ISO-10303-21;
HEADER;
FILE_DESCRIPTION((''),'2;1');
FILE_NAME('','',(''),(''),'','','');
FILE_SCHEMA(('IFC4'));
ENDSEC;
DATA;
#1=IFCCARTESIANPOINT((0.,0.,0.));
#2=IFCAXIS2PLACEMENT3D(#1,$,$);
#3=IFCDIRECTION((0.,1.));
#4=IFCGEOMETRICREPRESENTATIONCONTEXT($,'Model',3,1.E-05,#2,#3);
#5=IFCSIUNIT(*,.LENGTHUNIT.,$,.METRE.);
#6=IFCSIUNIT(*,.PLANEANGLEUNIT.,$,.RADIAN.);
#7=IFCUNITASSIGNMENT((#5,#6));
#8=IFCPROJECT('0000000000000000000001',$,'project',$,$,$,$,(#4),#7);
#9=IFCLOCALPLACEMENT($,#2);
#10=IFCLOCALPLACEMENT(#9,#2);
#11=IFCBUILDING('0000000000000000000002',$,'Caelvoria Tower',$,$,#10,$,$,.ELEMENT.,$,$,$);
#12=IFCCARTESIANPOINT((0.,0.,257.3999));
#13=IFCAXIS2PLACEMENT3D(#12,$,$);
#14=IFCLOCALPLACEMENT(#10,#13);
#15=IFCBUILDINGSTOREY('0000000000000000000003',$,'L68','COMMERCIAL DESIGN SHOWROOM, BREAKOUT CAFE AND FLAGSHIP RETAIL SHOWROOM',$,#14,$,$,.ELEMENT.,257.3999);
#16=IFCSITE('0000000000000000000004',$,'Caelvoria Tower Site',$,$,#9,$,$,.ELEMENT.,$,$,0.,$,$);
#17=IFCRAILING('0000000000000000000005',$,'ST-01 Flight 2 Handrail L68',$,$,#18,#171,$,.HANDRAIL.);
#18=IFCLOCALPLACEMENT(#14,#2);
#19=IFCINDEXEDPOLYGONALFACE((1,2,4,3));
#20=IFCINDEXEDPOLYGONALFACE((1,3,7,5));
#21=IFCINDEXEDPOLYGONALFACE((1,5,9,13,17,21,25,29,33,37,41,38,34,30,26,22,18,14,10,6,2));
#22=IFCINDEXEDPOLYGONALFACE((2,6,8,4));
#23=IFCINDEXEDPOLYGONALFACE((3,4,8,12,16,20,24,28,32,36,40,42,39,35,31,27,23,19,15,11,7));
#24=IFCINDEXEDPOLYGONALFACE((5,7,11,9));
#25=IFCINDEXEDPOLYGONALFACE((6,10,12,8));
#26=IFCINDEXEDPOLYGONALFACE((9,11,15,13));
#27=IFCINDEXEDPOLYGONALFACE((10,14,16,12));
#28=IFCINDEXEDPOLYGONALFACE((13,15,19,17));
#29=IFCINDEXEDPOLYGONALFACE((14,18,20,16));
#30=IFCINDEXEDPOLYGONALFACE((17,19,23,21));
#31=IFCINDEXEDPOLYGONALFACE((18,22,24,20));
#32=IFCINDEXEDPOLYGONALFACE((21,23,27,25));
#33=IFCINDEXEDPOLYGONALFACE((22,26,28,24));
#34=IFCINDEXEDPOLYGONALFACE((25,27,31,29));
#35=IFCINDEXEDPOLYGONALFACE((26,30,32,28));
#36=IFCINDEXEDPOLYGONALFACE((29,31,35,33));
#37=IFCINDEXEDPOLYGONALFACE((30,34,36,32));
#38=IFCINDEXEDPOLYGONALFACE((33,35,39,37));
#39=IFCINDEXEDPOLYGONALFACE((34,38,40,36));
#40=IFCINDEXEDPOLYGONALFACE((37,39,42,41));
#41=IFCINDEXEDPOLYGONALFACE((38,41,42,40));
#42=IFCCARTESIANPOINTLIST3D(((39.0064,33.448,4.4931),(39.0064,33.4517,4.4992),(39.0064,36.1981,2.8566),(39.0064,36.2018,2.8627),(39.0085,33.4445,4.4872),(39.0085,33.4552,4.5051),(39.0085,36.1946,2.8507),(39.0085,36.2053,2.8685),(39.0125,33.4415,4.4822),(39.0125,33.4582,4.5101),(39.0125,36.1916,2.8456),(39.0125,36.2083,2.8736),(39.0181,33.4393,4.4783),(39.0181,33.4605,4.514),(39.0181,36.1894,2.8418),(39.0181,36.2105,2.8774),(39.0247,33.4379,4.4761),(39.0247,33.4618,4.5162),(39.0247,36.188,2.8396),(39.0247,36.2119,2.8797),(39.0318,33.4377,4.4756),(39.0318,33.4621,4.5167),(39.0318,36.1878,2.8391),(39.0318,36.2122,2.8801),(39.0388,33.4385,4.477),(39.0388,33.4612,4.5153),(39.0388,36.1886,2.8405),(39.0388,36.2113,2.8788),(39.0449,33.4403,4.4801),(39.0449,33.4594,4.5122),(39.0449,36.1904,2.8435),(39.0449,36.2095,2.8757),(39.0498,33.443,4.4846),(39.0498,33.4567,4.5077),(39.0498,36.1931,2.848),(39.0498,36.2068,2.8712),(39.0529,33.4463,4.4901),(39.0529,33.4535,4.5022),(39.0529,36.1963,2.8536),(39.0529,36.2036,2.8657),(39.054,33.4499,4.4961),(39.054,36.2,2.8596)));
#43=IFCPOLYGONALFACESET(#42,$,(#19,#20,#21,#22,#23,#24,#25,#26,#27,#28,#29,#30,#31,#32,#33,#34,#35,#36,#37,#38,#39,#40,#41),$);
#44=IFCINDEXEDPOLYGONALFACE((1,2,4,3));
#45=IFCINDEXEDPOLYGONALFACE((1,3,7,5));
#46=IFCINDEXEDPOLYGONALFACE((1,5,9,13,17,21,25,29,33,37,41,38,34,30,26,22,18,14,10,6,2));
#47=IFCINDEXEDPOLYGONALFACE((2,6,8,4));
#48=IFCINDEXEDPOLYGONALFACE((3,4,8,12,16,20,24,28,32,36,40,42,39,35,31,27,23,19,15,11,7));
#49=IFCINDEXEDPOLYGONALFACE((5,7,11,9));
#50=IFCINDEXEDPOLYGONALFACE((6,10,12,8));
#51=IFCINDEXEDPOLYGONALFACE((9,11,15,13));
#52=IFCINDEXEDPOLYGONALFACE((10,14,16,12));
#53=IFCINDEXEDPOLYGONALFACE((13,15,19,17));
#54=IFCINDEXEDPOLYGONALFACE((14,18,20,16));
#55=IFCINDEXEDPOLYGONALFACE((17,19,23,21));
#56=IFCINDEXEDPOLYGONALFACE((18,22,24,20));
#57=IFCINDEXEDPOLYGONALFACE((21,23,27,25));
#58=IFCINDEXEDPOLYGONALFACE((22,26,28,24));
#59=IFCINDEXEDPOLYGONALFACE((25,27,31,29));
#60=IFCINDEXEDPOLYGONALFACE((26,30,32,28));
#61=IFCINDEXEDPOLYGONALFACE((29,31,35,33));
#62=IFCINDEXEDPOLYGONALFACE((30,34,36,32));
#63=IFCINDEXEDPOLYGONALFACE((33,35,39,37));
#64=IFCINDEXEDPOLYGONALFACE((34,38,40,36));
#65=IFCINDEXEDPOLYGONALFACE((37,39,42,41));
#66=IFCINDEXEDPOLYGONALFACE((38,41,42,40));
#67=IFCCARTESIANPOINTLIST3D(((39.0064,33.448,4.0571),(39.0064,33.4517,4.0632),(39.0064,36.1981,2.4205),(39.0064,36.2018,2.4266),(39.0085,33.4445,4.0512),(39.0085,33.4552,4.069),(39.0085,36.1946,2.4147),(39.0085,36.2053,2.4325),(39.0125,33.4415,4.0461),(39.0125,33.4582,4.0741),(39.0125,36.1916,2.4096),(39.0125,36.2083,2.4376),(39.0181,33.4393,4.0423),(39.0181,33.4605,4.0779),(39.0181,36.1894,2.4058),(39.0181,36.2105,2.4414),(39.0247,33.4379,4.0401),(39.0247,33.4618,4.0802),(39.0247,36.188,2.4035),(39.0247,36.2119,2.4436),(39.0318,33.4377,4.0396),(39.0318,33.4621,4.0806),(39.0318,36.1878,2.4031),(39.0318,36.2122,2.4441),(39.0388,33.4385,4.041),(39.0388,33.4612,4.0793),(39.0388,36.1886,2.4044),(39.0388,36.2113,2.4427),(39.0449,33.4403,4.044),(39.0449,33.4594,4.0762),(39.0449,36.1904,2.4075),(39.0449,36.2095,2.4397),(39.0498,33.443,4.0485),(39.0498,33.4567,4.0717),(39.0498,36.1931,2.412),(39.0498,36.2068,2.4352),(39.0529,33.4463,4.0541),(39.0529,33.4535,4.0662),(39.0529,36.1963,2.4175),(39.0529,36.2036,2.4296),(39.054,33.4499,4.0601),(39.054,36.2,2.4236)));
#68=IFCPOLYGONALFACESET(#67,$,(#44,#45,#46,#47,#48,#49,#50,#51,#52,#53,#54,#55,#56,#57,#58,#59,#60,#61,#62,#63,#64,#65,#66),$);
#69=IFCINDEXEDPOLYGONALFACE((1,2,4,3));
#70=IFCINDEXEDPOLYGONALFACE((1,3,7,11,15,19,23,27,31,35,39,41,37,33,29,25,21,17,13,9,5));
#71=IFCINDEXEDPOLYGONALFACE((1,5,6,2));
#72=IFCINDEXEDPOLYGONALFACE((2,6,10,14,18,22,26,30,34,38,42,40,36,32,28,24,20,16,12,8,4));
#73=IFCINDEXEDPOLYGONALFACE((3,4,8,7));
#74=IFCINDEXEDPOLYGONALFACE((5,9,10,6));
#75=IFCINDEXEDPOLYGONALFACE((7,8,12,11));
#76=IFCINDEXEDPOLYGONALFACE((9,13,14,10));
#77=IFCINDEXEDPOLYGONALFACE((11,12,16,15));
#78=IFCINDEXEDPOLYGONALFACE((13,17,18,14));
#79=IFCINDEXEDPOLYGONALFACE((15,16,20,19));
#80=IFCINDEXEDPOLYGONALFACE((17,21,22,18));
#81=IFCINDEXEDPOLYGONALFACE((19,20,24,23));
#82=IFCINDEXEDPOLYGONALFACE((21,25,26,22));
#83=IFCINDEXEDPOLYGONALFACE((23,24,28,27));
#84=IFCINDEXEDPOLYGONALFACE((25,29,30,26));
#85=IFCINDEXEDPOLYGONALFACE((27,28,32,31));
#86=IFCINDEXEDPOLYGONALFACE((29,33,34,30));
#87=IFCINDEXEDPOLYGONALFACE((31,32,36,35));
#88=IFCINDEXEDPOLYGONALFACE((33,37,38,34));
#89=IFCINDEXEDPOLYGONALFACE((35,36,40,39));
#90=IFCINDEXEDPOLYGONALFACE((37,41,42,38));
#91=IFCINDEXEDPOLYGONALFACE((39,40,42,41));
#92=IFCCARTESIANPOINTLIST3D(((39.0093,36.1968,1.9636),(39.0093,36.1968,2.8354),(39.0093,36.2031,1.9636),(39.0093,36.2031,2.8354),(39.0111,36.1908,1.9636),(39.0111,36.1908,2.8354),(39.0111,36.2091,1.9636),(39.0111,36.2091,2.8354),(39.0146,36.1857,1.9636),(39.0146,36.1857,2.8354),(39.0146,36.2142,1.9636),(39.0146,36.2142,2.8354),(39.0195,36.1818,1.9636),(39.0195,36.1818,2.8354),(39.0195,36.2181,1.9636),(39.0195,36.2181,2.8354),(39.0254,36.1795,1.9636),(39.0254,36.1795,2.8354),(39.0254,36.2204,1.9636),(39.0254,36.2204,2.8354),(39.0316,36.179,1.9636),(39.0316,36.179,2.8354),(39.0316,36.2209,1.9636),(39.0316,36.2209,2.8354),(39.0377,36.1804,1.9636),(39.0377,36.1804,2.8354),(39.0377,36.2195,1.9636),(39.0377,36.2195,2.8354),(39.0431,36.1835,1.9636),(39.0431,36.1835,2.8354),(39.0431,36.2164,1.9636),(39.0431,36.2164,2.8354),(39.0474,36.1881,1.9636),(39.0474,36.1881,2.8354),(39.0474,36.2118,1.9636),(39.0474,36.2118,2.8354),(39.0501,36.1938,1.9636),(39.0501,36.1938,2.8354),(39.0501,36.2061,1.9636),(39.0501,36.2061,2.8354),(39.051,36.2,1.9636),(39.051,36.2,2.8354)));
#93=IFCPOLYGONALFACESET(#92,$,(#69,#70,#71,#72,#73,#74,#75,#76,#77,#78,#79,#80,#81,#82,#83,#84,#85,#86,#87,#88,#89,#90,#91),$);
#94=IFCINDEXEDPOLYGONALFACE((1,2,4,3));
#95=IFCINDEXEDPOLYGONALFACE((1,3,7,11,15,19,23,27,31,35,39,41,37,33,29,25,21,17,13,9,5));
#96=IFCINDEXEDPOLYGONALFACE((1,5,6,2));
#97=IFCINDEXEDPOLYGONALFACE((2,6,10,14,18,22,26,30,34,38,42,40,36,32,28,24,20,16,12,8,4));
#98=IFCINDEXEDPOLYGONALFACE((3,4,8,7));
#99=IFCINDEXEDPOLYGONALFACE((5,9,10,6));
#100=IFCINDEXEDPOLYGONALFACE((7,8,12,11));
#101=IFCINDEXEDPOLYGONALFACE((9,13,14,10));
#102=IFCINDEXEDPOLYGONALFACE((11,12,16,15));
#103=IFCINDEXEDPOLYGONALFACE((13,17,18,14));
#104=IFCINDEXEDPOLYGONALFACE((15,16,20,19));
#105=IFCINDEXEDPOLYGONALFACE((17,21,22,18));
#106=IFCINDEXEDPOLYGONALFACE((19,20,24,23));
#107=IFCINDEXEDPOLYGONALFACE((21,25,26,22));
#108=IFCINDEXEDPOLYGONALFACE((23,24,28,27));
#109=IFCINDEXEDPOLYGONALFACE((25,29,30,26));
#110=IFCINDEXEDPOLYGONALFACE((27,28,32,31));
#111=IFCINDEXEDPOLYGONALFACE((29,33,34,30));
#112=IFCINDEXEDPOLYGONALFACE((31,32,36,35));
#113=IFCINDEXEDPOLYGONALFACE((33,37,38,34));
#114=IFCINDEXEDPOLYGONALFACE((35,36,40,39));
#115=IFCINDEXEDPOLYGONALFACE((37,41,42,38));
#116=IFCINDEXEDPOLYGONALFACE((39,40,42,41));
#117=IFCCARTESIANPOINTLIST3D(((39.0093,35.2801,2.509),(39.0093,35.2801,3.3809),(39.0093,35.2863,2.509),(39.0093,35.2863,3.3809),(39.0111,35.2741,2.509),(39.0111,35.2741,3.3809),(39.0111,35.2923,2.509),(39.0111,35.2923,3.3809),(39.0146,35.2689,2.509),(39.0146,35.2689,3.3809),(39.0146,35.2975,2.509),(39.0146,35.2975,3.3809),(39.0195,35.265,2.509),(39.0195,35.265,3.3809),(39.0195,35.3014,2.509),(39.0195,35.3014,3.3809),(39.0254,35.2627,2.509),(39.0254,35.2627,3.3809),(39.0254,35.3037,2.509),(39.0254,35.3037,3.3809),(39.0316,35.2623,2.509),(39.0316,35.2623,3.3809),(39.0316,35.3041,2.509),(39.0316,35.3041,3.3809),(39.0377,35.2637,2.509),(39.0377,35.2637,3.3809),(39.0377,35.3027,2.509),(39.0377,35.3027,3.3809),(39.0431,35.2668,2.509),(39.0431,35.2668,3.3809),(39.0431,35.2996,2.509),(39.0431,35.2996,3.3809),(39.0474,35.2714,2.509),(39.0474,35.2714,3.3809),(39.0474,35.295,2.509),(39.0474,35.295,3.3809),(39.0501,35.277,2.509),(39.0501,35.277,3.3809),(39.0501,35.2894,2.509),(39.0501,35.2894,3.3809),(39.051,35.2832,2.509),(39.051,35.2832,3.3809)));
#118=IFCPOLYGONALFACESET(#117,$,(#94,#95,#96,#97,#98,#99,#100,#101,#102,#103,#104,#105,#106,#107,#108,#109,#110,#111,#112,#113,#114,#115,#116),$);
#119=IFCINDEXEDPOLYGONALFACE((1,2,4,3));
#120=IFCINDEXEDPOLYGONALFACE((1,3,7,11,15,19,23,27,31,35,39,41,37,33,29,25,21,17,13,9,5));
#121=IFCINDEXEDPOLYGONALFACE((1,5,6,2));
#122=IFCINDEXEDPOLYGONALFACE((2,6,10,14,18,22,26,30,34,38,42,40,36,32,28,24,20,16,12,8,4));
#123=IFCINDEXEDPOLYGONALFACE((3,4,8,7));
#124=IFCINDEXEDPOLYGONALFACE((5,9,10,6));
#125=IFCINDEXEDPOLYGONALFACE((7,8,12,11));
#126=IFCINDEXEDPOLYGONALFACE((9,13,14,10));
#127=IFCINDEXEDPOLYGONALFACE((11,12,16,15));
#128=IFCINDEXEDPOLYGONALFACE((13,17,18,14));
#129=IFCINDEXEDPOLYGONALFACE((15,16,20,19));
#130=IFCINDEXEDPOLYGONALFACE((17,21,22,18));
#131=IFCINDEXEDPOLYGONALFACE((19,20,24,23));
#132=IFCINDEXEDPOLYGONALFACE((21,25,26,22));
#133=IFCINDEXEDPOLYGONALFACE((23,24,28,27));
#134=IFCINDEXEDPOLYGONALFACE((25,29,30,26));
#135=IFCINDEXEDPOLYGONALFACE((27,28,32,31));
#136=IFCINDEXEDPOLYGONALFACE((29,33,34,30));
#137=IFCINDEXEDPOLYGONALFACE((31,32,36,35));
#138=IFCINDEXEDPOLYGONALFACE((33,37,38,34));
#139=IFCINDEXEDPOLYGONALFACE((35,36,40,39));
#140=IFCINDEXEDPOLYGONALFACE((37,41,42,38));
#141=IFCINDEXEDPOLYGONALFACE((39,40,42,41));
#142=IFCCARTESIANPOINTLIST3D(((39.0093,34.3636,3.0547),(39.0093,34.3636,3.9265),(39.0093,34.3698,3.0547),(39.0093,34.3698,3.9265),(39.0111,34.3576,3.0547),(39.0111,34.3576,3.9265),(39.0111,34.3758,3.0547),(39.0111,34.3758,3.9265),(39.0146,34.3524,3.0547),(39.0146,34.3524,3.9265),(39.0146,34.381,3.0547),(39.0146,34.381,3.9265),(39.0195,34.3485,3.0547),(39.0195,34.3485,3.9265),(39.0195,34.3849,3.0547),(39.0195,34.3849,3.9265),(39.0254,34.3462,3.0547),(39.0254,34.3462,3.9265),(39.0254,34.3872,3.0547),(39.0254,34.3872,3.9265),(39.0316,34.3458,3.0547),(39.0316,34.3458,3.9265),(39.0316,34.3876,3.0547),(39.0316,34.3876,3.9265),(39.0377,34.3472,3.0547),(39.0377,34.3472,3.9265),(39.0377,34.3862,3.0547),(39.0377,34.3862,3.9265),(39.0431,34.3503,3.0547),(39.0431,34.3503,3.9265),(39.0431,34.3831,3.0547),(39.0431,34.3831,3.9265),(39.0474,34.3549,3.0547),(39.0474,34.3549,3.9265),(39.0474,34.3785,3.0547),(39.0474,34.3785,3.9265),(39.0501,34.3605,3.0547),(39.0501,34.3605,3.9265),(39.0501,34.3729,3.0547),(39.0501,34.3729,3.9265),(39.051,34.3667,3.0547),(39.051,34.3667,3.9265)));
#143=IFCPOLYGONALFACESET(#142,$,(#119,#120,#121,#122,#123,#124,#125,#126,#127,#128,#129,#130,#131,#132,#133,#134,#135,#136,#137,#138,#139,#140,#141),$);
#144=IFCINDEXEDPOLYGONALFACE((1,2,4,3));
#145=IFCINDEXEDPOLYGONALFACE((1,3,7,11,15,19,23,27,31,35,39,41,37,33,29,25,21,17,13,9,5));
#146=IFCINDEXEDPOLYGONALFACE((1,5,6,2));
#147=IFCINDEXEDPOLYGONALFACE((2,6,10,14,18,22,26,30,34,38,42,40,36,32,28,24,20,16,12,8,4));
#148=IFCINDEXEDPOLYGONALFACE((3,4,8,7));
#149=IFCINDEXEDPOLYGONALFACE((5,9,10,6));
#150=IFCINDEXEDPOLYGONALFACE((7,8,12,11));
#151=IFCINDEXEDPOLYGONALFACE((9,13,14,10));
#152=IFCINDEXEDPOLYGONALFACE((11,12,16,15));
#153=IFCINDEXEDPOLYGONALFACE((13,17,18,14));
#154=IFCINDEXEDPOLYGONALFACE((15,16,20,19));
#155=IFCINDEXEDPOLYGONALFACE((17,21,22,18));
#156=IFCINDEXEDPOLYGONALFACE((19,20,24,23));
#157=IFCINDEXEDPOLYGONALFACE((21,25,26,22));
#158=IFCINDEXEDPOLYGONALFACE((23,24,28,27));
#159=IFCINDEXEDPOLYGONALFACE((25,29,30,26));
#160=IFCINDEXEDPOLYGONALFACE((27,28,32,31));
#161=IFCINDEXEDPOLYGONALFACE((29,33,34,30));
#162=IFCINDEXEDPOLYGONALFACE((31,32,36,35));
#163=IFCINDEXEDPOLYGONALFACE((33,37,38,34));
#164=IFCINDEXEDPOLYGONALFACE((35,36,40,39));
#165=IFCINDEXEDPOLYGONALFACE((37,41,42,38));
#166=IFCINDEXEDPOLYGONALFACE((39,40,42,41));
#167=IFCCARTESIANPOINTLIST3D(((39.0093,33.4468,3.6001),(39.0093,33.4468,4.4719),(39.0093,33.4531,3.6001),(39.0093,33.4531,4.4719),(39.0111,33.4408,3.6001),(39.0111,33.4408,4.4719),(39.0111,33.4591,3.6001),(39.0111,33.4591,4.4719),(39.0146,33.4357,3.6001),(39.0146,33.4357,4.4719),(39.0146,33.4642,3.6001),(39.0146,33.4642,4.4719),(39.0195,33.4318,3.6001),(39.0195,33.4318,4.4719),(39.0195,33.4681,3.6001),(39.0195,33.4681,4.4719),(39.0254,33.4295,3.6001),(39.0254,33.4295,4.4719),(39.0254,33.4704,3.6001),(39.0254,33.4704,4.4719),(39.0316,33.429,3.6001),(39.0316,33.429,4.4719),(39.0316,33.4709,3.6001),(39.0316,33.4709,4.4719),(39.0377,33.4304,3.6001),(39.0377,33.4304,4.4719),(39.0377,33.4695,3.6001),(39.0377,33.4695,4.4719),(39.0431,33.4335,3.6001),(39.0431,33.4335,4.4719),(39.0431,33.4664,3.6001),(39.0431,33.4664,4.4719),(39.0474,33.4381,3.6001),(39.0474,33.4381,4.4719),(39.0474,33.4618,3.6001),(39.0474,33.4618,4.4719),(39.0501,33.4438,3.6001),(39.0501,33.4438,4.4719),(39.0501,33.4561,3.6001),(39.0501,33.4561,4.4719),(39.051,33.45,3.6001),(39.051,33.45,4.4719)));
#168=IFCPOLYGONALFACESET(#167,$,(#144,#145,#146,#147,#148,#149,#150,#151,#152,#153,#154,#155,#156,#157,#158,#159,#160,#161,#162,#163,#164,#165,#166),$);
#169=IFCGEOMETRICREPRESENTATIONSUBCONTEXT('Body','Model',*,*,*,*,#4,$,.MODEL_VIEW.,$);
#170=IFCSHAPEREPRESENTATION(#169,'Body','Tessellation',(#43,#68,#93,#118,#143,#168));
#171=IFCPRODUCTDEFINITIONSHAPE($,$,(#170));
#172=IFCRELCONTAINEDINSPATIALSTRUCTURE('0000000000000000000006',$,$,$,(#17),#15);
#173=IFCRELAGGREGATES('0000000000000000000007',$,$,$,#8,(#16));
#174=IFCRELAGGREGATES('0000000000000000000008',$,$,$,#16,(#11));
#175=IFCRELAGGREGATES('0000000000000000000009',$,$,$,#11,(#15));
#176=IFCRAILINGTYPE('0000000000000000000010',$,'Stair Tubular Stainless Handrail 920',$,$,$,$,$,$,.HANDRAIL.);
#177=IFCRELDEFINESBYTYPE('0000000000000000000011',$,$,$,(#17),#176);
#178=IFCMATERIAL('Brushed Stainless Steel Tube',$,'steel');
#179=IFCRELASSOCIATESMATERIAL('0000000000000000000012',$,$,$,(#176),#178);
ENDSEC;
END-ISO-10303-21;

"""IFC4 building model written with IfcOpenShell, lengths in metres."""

from ifc_helpers import new_model, si_unit, direction, frame, origin, origin_2d, place, context, subcontext, project, spatial, circle, extrude, material, type_object, element, save


model = new_model("IFC4")

# Units and contexts
model_context = context("Model", 3, precision=1e-05, world=origin(), true_north=direction((0.0, 1.0)))
body_context = subcontext(model_context, "Body", "Model", "MODEL_VIEW")
ifc_project = project(units=[si_unit("LENGTHUNIT", "METRE"), si_unit("PLANEANGLEUNIT", "RADIAN")], contexts=[model_context])

# Site, building, storey
site_placement = place(None, origin())
site = spatial("IfcSite", under=ifc_project, at=site_placement, Name="Caelvoria Tower Site", CompositionType="ELEMENT", RefElevation=0.0)
building_placement = place(site_placement, origin())
building = spatial("IfcBuilding", under=site, at=building_placement, Name="Caelvoria Tower", CompositionType="ELEMENT")
storey_placement = place(building_placement, frame((0.0, 0.0, 257.3999)))
storey = spatial("IfcBuildingStorey", under=building, at=storey_placement, Name="L68", Description="COMMERCIAL DESIGN SHOWROOM, BREAKOUT CAFE AND FLAGSHIP RETAIL SHOWROOM", CompositionType="ELEMENT", Elevation=257.3999)

# Railing
ifc_material_1 = material(Name="Brushed Stainless Steel Tube", Category="steel")
railing_type_1 = type_object("IfcRailingType", Name="Stair Tubular Stainless Handrail 920", PredefinedType="HANDRAIL", material=ifc_material_1)
railing_1_placement = place(storey_placement, frame((39.03, 36.2, 1.9636)))
element("IfcRailing", 1, at=railing_1_placement, inside=storey, type_object=railing_type_1, Name="ST-01 Flight 2 Handrail L68", PredefinedType="HANDRAIL", context=body_context, shape_type="SweptSolid", body=[
    extrude(circle(Radius=0.0239, at=origin_2d()), frame((0.0, 0.0, 0.896), z_axis=(0.0, -0.859352, 0.511385), x_axis=(1.0, 0.0, 0.0)), (0.0, 0.0, 1.0), 3.2002),
    extrude(circle(Radius=0.0239, at=origin_2d()), frame((0.0, 0.0, 0.46), z_axis=(0.0, -0.859352, 0.511385), x_axis=(1.0, 0.0, 0.0)), (0.0, 0.0, 1.0), 3.2002),
    extrude(circle(Radius=0.021, at=origin_2d()), origin(), (0.0, 0.0, 1.0), 0.8718),
    extrude(circle(Radius=0.021, at=origin_2d()), frame((0.0, -0.9167, 0.5454)), (0.0, 0.0, 1.0), 0.8718),
    extrude(circle(Radius=0.021, at=origin_2d()), frame((0.0, -1.8333, 1.0911)), (0.0, 0.0, 1.0), 0.8718),
    extrude(circle(Radius=0.021, at=origin_2d()), frame((0.0, -2.75, 1.6365)), (0.0, 0.0, 1.0), 0.8718),
])

save(model, "model.ifc")
